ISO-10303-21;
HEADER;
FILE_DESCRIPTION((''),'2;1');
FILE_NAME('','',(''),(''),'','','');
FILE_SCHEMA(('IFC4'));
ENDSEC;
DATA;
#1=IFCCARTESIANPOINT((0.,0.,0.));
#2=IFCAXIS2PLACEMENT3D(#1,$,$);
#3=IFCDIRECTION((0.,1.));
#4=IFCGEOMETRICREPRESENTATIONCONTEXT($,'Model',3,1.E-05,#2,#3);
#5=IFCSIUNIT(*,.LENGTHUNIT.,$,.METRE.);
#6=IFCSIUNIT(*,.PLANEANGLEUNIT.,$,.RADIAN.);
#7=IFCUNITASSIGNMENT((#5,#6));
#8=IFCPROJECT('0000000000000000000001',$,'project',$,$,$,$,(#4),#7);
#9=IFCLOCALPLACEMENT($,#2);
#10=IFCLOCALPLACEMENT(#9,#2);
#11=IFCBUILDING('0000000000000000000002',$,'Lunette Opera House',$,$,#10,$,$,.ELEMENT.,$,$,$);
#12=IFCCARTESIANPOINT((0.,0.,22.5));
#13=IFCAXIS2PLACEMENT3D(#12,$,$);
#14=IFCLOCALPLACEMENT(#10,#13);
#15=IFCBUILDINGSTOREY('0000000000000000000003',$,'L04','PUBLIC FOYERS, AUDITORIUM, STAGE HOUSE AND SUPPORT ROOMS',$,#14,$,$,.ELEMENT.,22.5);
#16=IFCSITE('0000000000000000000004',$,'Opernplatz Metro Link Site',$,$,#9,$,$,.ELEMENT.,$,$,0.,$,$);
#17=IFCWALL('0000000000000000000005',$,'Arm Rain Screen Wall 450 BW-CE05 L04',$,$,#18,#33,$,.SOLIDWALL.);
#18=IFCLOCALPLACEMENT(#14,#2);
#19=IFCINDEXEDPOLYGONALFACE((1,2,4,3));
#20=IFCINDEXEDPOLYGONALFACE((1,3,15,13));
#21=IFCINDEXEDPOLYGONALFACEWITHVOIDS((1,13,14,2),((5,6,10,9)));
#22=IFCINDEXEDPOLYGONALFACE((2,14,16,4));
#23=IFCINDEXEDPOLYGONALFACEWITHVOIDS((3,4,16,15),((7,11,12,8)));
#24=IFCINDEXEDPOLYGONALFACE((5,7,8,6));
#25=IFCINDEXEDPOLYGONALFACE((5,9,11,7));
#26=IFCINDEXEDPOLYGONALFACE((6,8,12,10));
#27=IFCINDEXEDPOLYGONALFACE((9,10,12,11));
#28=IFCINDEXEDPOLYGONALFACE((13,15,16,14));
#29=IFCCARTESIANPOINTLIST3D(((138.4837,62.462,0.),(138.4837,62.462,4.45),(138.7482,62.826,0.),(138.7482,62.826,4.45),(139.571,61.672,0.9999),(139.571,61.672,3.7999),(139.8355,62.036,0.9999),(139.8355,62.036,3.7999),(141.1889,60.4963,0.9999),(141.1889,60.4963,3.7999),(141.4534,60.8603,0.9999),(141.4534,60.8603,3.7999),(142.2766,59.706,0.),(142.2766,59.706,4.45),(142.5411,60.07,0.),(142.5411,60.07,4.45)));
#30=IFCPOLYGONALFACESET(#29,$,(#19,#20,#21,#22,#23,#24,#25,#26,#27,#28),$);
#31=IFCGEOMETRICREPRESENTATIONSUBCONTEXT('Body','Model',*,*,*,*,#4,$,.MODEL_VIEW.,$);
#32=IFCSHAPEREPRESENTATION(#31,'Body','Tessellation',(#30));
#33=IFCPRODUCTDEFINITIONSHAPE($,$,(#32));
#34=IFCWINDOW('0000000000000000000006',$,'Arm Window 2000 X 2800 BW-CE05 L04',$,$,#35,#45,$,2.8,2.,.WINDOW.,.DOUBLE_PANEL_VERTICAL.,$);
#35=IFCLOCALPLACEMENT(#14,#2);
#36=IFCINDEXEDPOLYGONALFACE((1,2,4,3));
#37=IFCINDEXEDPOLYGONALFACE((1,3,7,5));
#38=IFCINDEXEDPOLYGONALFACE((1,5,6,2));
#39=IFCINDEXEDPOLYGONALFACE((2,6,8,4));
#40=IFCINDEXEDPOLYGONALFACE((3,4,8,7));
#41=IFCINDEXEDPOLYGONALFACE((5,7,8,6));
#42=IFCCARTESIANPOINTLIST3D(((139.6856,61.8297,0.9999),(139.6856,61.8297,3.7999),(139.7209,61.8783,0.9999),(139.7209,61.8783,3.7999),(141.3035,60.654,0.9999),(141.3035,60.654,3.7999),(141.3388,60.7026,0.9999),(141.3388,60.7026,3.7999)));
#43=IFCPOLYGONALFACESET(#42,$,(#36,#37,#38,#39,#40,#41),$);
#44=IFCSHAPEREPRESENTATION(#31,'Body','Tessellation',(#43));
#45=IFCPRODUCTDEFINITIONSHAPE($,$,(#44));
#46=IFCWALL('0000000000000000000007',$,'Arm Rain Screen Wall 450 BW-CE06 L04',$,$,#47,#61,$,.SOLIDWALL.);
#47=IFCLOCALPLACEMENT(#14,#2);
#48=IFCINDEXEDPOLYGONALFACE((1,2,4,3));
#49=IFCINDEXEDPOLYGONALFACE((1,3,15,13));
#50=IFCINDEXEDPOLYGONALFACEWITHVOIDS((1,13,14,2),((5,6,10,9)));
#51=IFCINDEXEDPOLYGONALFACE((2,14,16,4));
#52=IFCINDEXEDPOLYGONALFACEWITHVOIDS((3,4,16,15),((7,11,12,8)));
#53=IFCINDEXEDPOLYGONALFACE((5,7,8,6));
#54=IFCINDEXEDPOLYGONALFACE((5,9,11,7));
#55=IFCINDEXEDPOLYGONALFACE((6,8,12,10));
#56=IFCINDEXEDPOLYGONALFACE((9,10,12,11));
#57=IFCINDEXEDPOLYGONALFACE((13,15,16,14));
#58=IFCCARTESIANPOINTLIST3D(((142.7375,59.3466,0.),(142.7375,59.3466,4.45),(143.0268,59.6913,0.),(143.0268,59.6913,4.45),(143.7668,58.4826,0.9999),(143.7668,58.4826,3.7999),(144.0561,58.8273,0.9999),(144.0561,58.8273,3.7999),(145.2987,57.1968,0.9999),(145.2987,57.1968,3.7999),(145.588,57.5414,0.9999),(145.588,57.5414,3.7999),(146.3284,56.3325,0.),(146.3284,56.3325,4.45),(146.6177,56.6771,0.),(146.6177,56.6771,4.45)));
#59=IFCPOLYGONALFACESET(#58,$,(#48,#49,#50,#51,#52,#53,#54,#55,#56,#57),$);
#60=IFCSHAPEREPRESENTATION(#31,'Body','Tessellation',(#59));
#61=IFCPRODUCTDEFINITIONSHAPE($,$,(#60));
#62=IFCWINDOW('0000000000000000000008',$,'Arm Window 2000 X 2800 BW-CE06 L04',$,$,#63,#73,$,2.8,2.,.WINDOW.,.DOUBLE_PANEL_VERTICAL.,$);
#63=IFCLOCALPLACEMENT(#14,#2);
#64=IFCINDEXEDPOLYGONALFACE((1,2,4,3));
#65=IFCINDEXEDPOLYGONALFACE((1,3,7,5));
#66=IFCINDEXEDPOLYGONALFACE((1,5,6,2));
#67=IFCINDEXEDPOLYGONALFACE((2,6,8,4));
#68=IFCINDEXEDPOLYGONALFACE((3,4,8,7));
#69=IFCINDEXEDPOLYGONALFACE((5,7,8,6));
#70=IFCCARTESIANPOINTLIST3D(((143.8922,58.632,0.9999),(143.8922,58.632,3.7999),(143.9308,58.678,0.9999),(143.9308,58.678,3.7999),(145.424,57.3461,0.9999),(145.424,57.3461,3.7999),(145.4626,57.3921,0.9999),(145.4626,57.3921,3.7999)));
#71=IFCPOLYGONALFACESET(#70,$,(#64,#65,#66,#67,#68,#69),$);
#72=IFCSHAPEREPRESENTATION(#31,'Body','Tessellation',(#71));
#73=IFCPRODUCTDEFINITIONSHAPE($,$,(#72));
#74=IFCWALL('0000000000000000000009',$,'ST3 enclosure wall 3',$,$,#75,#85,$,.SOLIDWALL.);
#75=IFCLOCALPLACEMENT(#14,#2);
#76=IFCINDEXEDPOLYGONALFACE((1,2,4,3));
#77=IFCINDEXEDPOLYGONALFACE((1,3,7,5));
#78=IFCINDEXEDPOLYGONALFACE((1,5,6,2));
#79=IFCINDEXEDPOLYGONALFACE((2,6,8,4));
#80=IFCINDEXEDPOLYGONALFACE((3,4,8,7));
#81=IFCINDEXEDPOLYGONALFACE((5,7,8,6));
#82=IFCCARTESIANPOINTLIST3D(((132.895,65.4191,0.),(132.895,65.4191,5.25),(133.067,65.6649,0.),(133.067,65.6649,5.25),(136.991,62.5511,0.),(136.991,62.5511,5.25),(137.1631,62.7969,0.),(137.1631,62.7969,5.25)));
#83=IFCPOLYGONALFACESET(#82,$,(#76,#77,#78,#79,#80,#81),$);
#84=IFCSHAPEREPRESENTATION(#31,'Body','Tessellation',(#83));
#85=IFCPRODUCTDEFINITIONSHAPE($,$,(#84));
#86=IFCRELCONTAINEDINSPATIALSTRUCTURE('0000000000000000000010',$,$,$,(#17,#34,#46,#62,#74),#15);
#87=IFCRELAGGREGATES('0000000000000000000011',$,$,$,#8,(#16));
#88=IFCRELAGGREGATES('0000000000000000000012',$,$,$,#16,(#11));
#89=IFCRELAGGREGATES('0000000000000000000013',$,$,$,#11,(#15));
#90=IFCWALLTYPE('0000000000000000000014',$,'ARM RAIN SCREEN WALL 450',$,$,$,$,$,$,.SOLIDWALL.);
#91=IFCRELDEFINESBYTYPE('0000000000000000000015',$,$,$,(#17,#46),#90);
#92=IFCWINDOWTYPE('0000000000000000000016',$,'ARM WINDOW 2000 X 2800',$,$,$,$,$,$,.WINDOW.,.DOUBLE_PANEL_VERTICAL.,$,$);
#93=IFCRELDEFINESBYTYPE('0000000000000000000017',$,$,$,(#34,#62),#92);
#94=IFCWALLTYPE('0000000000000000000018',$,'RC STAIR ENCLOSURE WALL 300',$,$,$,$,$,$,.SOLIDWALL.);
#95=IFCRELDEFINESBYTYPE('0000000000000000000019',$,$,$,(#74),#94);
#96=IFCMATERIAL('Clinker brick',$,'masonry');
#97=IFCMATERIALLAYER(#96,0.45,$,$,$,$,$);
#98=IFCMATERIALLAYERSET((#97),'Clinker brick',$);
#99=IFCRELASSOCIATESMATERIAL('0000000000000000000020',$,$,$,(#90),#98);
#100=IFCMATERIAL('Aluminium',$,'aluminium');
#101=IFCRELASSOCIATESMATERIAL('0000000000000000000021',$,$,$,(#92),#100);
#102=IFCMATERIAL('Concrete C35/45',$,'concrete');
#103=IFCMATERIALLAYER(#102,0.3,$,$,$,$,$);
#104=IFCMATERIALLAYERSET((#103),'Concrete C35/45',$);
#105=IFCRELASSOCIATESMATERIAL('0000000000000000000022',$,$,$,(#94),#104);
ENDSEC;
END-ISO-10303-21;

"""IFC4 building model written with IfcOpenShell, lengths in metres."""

from ifc_helpers import new_model, si_unit, direction, frame, frame_2d, origin, place, context, subcontext, project, spatial, rectangle, extrude, material, layer, layer_set, type_object, element, fill, save


model = new_model("IFC4")

# Units and contexts
model_context = context("Model", 3, precision=1e-05, world=origin(), true_north=direction((0.0, 1.0)))
body_context = subcontext(model_context, "Body", "Model", "MODEL_VIEW")
ifc_project = project(units=[si_unit("LENGTHUNIT", "METRE"), si_unit("PLANEANGLEUNIT", "RADIAN")], contexts=[model_context])

# Site, building, storey
site_placement = place(None, origin())
site = spatial("IfcSite", under=ifc_project, at=site_placement, Name="Opernplatz Metro Link Site", CompositionType="ELEMENT", RefElevation=0.0)
building_placement = place(site_placement, origin())
building = spatial("IfcBuilding", under=site, at=building_placement, Name="Lunette Opera House", CompositionType="ELEMENT")
storey_placement = place(building_placement, frame((0.0, 0.0, 22.5)))
storey = spatial("IfcBuildingStorey", under=building, at=storey_placement, Name="L04", Description="PUBLIC FOYERS, AUDITORIUM, STAGE HOUSE AND SUPPORT ROOMS", CompositionType="ELEMENT", Elevation=22.5)

# Walls, openings, windows
ifc_material_1 = material(Name="Clinker brick", Category="masonry")
ifc_layer_1 = layer(ifc_material_1, 0.45)
ifc_layer_set_1 = layer_set([ifc_layer_1], Name="Clinker brick")
wall_type_1 = type_object("IfcWallType", Name="ARM RAIN SCREEN WALL 450", PredefinedType="SOLIDWALL", material=ifc_layer_set_1)
wall_1_placement = place(storey_placement, frame((138.616, 62.644, 0.0), z_axis=(0.0, 0.0, 1.0), x_axis=(0.808981, -0.587834, 0.0)))
wall_1 = element("IfcWall", 1, at=wall_1_placement, inside=storey, type_object=wall_type_1, Name="Arm Rain Screen Wall 450 BW-CE05 L04", PredefinedType="SOLIDWALL", context=body_context, shape_type="SweptSolid", body=[
    extrude(rectangle(XDim=4.6885, YDim=0.45, at=frame_2d((2.3442, 0.0))), origin(), (0.0, 0.0, 1.0), 4.45),
])
opening_1_placement = place(wall_1_placement, frame((1.344, 0.0, 1.0)))
opening_1 = element("IfcOpeningElement", 2, at=opening_1_placement, cuts=wall_1, PredefinedType="OPENING", context=body_context, shape_type="SweptSolid", body=[
    extrude(rectangle(XDim=2.0, YDim=2.8, at=frame_2d((1.0, 1.3999))), frame((0.0, 0.2371, 0.0), z_axis=(0.0, -1.0, 0.0), x_axis=(1.0, 0.0, 0.0)), (0.0, 0.0, 1.0), 0.4739),
])
ifc_material_2 = material(Name="Aluminium", Category="aluminium")
window_type = type_object("IfcWindowType", Name="ARM WINDOW 2000 X 2800", PartitioningType="DOUBLE_PANEL_VERTICAL", PredefinedType="WINDOW", material=ifc_material_2)
window_1_placement = place(opening_1_placement, origin())
window_1 = element("IfcWindow", 3, at=window_1_placement, inside=storey, type_object=window_type, Name="Arm Window 2000 X 2800 BW-CE05 L04", OverallHeight=2.8, OverallWidth=2.0, PartitioningType="DOUBLE_PANEL_VERTICAL", PredefinedType="WINDOW", context=body_context, shape_type="SweptSolid", body=[
    extrude(rectangle(XDim=2.0, YDim=2.8, at=frame_2d((1.0, 1.3999))), frame((0.0, 0.03, 0.0), z_axis=(0.0, -1.0, 0.0), x_axis=(1.0, 0.0, 0.0)), (0.0, 0.0, 1.0), 0.0601),
])
fill(opening_1, window_1)
wall_2_placement = place(storey_placement, frame((142.8821, 59.519, 0.0), z_axis=(0.0, 0.0, 1.0), x_axis=(0.765928, -0.642926, 0.0)))
wall_2 = element("IfcWall", 4, at=wall_2_placement, inside=storey, type_object=wall_type_1, Name="Arm Rain Screen Wall 450 BW-CE06 L04", PredefinedType="SOLIDWALL", context=body_context, shape_type="SweptSolid", body=[
    extrude(rectangle(XDim=4.6882, YDim=0.45, at=frame_2d((2.3442, 0.0))), origin(), (0.0, 0.0, 1.0), 4.45),
])
opening_2_placement = place(wall_2_placement, frame((1.344, 0.0, 1.0)))
opening_2 = element("IfcOpeningElement", 5, at=opening_2_placement, cuts=wall_2, PredefinedType="OPENING", context=body_context, shape_type="SweptSolid", body=[
    extrude(rectangle(XDim=2.0, YDim=2.8, at=frame_2d((1.0, 1.3999))), frame((0.0, 0.2371, 0.0), z_axis=(0.0, -1.0, 0.0), x_axis=(1.0, 0.0, 0.0)), (0.0, 0.0, 1.0), 0.4739),
])
window_2_placement = place(opening_2_placement, origin())
window_2 = element("IfcWindow", 6, at=window_2_placement, inside=storey, type_object=window_type, Name="Arm Window 2000 X 2800 BW-CE06 L04", OverallHeight=2.8, OverallWidth=2.0, PartitioningType="DOUBLE_PANEL_VERTICAL", PredefinedType="WINDOW", context=body_context, shape_type="SweptSolid", body=[
    extrude(rectangle(XDim=2.0, YDim=2.8, at=frame_2d((1.0, 1.3999))), frame((0.0, 0.03, 0.0), z_axis=(0.0, -1.0, 0.0), x_axis=(1.0, 0.0, 0.0)), (0.0, 0.0, 1.0), 0.0601),
])
fill(opening_2, window_2)

# Wall
ifc_material_3 = material(Name="Concrete C35/45", Category="concrete")
ifc_layer_2 = layer(ifc_material_3, 0.3)
ifc_layer_set_2 = layer_set([ifc_layer_2], Name="Concrete C35/45")
wall_type_2 = type_object("IfcWallType", Name="RC STAIR ENCLOSURE WALL 300", PredefinedType="SOLIDWALL", material=ifc_layer_set_2)
wall_3_placement = place(storey_placement, frame((137.0769, 62.6741, 0.0), z_axis=(0.0, 0.0, 1.0), x_axis=(-0.819161, 0.573564, 0.0)))
element("IfcWall", 7, at=wall_3_placement, inside=storey, type_object=wall_type_2, Name="ST3 enclosure wall 3", PredefinedType="SOLIDWALL", context=body_context, shape_type="SweptSolid", body=[
    extrude(rectangle(XDim=5.0002, YDim=0.3, at=frame_2d((2.5, 0.0))), origin(), (0.0, 0.0, 1.0), 5.25),
])

save(model, "model.ifc")
